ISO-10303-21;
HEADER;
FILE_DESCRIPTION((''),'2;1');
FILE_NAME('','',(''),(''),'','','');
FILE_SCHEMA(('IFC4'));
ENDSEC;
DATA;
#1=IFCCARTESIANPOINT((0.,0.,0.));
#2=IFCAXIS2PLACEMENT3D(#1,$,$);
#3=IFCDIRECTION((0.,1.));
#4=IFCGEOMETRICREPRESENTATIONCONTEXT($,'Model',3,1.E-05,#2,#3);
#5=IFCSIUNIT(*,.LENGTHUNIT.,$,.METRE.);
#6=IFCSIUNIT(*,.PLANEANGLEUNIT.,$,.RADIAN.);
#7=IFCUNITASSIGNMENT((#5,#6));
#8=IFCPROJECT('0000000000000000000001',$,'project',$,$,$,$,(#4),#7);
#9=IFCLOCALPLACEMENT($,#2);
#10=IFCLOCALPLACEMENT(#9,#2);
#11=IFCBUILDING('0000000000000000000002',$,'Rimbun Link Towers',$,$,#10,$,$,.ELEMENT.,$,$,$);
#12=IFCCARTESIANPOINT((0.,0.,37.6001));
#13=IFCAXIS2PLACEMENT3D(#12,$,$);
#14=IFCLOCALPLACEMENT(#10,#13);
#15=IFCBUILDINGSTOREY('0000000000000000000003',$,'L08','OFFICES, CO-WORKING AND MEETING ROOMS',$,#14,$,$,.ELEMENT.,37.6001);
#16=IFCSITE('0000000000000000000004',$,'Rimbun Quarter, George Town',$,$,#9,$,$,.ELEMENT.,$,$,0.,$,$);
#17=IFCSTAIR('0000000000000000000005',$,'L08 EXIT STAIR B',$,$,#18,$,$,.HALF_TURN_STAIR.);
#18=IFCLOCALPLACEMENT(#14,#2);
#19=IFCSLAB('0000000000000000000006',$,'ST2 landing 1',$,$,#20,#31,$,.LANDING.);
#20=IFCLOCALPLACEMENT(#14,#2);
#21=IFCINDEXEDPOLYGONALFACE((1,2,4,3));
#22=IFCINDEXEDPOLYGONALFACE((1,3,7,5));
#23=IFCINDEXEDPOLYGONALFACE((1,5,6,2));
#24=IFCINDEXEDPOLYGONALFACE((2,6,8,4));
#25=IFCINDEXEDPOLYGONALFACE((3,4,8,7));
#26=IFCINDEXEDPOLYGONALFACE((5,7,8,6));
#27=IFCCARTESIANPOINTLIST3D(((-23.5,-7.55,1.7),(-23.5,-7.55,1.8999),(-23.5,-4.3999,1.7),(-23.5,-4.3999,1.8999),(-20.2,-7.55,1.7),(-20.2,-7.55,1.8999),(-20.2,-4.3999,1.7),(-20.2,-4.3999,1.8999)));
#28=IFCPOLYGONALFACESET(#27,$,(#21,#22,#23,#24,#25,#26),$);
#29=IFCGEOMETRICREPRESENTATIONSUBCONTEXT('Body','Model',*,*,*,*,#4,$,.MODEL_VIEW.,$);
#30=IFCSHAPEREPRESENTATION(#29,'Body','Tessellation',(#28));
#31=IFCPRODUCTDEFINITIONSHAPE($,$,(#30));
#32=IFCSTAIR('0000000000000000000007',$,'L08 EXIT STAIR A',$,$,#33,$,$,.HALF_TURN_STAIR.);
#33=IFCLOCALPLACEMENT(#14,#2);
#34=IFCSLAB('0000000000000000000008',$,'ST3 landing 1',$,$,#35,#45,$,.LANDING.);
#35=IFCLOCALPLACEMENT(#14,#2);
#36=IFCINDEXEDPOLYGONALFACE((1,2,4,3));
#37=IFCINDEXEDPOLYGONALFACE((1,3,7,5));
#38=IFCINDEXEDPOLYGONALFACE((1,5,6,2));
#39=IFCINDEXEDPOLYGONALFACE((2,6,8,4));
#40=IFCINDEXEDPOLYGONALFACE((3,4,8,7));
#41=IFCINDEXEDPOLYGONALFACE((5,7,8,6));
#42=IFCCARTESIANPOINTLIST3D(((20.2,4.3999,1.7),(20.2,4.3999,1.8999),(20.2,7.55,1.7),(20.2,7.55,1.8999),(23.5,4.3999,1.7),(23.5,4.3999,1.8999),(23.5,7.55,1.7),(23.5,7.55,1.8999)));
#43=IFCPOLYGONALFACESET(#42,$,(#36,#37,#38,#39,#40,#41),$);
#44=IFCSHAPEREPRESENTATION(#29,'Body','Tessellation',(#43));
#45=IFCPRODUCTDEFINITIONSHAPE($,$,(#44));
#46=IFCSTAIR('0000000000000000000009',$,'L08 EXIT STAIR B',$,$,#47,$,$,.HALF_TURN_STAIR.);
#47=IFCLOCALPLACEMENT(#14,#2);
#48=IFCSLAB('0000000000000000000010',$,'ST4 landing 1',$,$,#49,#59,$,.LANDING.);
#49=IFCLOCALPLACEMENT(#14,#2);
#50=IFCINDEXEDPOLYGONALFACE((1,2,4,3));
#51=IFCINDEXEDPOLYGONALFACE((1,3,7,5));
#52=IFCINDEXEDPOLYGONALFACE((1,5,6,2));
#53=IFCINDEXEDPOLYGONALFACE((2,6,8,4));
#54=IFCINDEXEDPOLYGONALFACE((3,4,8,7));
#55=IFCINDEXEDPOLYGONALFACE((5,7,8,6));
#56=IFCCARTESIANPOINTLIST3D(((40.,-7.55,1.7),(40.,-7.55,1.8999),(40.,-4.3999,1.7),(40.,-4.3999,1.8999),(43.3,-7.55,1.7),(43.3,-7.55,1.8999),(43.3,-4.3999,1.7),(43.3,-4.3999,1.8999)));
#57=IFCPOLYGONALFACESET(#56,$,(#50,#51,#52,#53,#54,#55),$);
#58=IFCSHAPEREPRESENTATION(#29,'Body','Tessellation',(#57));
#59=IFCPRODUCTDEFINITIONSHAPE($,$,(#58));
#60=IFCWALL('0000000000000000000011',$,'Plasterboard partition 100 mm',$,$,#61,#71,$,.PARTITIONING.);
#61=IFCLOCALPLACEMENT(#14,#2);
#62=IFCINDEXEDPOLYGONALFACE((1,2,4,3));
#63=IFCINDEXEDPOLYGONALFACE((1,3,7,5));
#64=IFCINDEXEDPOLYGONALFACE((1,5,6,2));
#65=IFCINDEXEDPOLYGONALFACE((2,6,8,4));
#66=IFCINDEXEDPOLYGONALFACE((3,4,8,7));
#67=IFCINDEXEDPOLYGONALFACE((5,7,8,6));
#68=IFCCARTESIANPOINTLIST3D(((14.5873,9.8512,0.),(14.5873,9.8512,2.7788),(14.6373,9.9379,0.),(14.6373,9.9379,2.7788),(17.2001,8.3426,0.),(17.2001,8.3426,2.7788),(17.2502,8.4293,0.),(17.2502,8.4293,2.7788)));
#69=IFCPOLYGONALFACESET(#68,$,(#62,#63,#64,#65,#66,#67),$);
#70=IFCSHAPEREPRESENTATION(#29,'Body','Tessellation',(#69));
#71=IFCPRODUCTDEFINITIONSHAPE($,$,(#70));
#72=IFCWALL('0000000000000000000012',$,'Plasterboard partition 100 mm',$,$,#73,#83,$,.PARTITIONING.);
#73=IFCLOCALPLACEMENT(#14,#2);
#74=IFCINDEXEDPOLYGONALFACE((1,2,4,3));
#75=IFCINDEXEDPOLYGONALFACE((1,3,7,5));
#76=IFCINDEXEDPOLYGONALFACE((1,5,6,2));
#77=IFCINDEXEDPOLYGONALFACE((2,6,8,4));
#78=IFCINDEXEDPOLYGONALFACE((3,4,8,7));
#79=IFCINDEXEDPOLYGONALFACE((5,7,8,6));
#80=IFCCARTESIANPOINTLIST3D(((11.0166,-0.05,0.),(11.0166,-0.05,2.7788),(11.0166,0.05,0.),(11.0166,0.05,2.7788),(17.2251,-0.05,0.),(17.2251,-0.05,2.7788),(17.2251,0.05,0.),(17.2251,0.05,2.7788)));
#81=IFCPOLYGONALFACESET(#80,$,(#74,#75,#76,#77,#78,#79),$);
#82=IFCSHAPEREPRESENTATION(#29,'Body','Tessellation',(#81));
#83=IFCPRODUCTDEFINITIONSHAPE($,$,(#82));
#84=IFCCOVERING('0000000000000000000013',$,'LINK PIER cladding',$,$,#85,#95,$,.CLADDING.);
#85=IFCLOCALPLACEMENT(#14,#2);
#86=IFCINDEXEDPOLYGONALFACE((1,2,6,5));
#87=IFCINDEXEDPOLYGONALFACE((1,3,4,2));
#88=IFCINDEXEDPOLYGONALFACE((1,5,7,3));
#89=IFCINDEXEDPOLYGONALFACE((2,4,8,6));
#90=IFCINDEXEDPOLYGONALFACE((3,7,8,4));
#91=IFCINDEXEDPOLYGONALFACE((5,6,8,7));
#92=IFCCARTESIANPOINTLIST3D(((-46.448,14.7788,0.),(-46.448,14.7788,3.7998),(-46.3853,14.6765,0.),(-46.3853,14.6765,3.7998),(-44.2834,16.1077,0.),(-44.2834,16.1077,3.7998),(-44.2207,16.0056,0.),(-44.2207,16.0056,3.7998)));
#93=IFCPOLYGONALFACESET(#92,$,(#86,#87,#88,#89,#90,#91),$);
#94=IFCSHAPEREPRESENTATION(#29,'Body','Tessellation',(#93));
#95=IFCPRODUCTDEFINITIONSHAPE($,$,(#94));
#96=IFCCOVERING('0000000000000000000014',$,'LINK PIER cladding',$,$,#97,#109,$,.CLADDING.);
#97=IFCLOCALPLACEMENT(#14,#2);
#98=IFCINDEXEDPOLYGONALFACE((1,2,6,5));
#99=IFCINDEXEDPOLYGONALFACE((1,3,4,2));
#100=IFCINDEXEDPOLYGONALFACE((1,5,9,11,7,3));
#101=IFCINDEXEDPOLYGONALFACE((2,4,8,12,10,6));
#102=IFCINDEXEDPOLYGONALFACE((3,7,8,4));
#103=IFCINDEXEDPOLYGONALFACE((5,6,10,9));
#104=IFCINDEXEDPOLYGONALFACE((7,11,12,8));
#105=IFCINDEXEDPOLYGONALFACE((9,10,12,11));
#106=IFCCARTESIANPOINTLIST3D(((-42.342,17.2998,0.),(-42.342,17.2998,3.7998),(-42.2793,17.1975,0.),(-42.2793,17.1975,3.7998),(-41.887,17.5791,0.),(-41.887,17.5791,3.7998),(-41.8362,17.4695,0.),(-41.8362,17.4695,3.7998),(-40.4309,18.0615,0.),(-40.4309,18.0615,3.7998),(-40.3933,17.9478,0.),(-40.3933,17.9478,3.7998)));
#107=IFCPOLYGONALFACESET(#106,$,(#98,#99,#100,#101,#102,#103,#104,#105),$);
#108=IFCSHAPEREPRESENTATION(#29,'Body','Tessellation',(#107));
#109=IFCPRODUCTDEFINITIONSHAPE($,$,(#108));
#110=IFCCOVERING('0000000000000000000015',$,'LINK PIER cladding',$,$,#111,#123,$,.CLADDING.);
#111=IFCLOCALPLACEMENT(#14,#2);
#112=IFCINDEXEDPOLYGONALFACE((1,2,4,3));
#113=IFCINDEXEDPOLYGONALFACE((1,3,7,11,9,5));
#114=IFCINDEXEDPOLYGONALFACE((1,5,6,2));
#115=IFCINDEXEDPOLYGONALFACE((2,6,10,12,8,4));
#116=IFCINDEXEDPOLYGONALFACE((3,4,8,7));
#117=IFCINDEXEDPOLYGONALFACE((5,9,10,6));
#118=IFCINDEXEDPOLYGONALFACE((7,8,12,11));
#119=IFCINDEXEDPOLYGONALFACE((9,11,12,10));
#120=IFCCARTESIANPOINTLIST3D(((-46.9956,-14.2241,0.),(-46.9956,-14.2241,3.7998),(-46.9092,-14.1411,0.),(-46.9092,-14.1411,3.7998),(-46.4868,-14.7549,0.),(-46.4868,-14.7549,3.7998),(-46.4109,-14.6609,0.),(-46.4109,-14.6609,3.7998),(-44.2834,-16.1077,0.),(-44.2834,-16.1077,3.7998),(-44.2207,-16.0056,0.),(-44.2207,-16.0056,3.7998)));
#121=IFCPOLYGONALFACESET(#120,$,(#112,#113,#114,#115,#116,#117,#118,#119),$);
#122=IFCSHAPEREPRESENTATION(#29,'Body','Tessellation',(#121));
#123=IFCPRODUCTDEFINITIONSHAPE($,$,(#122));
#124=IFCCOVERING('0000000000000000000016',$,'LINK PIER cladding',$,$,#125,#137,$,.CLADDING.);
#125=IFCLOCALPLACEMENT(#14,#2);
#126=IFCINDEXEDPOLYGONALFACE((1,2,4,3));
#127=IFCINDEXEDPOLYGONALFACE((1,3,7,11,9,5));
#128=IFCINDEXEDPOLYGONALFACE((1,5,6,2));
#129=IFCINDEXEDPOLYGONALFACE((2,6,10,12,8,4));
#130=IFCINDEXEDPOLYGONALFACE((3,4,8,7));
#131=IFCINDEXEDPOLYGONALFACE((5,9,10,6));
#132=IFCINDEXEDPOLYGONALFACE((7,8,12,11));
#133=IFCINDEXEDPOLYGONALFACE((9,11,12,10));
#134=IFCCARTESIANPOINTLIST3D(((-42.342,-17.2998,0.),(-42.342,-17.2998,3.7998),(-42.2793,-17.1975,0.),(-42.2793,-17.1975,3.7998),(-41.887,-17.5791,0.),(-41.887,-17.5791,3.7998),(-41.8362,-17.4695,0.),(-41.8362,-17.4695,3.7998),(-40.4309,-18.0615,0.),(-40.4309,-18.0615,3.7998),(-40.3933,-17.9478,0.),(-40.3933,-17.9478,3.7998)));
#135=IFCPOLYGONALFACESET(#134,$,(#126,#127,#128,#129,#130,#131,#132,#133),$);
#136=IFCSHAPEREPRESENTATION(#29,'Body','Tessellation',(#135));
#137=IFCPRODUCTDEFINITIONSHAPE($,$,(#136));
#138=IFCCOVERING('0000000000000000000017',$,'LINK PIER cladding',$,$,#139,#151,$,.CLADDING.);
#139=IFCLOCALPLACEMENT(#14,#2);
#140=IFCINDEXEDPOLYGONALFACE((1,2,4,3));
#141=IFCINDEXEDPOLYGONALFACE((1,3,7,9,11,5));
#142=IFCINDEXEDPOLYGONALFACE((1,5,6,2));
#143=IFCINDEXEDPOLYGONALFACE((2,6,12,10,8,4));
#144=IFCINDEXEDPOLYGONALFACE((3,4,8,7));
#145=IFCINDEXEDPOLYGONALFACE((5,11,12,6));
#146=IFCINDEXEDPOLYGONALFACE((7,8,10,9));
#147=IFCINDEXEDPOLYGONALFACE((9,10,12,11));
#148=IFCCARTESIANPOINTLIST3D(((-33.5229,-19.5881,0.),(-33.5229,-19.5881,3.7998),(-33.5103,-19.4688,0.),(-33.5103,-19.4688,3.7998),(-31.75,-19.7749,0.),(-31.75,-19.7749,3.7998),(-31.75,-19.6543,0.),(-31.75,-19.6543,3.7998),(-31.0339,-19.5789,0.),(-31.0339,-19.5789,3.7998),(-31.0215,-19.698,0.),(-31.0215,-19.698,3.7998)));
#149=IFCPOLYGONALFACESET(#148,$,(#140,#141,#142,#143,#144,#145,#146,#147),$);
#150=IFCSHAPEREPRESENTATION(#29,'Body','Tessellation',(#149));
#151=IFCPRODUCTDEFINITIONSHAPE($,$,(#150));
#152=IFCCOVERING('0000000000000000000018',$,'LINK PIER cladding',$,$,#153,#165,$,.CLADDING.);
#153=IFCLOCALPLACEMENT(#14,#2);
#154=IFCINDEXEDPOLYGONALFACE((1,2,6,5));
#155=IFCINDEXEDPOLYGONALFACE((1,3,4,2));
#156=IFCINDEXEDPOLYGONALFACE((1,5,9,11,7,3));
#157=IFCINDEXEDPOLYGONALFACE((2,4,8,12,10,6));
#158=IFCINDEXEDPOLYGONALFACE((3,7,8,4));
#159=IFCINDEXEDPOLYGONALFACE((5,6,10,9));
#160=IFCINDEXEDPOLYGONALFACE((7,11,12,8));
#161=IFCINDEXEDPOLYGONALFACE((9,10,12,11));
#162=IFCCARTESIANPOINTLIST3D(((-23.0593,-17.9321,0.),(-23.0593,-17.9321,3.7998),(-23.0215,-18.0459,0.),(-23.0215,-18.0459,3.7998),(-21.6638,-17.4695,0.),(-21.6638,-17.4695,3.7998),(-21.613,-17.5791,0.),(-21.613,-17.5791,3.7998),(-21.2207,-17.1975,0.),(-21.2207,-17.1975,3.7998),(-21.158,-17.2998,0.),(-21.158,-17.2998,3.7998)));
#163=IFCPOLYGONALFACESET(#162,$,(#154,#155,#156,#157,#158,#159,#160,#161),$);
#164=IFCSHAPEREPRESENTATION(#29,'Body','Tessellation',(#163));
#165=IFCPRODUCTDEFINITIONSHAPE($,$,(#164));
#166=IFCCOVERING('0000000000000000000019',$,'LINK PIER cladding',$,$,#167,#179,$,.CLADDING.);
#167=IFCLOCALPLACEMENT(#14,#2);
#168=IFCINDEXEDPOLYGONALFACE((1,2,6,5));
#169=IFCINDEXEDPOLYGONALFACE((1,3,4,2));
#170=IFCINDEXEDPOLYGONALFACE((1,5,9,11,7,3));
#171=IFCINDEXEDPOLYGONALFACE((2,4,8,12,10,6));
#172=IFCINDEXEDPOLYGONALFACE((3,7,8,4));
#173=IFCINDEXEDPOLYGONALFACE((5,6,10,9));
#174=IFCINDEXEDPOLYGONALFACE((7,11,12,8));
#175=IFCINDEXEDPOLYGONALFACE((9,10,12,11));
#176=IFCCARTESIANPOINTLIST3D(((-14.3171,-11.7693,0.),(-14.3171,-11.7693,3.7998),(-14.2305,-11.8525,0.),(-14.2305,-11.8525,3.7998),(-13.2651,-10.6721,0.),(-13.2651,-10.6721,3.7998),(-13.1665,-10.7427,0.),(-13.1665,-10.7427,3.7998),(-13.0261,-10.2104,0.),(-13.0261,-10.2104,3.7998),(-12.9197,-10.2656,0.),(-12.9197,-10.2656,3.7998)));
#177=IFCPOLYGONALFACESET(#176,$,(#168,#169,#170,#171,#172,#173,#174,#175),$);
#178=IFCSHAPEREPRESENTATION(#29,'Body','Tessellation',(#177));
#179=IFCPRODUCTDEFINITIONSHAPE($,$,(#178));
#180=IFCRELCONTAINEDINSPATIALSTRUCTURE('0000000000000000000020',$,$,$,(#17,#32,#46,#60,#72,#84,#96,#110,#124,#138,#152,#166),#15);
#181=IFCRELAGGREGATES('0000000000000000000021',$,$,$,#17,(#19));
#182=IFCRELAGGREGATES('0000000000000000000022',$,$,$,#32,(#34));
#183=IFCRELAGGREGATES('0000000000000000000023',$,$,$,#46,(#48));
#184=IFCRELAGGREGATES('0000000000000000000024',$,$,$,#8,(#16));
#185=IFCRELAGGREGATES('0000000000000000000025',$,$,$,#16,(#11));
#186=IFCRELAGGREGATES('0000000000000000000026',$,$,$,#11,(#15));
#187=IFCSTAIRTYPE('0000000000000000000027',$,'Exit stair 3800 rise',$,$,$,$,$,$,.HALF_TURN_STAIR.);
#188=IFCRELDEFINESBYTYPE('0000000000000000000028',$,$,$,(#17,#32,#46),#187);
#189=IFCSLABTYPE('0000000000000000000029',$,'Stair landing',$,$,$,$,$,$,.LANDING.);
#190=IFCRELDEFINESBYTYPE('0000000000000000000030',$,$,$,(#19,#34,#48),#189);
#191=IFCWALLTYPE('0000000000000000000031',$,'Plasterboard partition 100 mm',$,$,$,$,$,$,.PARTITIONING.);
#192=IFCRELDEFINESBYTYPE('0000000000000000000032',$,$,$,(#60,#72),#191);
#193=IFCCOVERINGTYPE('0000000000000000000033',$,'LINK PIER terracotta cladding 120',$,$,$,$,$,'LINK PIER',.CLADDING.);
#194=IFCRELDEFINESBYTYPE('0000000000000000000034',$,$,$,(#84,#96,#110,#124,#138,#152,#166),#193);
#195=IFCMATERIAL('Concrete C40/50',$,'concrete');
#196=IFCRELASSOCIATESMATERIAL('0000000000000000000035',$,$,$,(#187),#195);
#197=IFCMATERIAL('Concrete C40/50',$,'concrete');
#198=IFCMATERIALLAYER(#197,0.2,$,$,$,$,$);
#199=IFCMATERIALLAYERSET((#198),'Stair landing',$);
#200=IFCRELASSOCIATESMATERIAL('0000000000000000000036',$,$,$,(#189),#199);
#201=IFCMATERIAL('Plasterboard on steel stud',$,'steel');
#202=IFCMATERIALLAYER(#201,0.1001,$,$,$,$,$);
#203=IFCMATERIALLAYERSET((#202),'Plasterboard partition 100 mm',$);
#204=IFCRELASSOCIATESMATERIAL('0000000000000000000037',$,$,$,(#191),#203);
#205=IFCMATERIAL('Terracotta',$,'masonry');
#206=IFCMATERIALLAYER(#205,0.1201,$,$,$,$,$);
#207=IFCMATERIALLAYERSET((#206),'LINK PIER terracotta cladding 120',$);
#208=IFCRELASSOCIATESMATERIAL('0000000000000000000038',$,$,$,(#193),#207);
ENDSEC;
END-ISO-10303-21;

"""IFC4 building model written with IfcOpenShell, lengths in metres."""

from ifc_helpers import new_model, si_unit, direction, frame, frame_2d, origin, place, context, subcontext, project, spatial, polyline, rectangle, outline, extrude, material, layer, layer_set, type_object, element, aggregate, save


model = new_model("IFC4")

# Units and contexts
model_context = context("Model", 3, precision=1e-05, world=origin(), true_north=direction((0.0, 1.0)))
body_context = subcontext(model_context, "Body", "Model", "MODEL_VIEW")
ifc_project = project(units=[si_unit("LENGTHUNIT", "METRE"), si_unit("PLANEANGLEUNIT", "RADIAN")], contexts=[model_context])

# Site, building, storey
site_placement = place(None, origin())
site = spatial("IfcSite", under=ifc_project, at=site_placement, Name="Rimbun Quarter, George Town", CompositionType="ELEMENT", RefElevation=0.0)
building_placement = place(site_placement, origin())
building = spatial("IfcBuilding", under=site, at=building_placement, Name="Rimbun Link Towers", CompositionType="ELEMENT")
storey_placement = place(building_placement, frame((0.0, 0.0, 37.6001)))
storey = spatial("IfcBuildingStorey", under=building, at=storey_placement, Name="L08", Description="OFFICES, CO-WORKING AND MEETING ROOMS", CompositionType="ELEMENT", Elevation=37.6001)

# Stairs, slabs
ifc_material_1 = material(Name="Concrete C40/50", Category="concrete")
stair_type = type_object("IfcStairType", Name="Exit stair 3800 rise", PredefinedType="HALF_TURN_STAIR", material=ifc_material_1)
ifc_material_2 = material(Name="Concrete C40/50", Category="concrete")
ifc_layer_1 = layer(ifc_material_2, 0.2)
ifc_layer_set_1 = layer_set([ifc_layer_1], Name="Stair landing")
slab_type = type_object("IfcSlabType", Name="Stair landing", PredefinedType="LANDING", material=ifc_layer_set_1)
stair_1_placement = place(storey_placement, origin())
stair_1 = element("IfcStair", 1, at=stair_1_placement, inside=storey, type_object=stair_type, Name="L08 EXIT STAIR B", PredefinedType="HALF_TURN_STAIR")
slab_1_placement = place(storey_placement, frame((0.0, 0.0, 1.7)))
slab_1 = element("IfcSlab", 2, at=slab_1_placement, type_object=slab_type, Name="ST2 landing 1", PredefinedType="LANDING", context=body_context, shape_type="SweptSolid", body=[
    extrude(outline(polyline([(-23.5, -7.55), (-20.2, -7.55), (-20.2, -4.3999), (-23.5, -4.3999), (-23.5, -7.55)])), origin(), (0.0, 0.0, 1.0), 0.2),
])
aggregate(stair_1, [slab_1])
stair_2_placement = place(storey_placement, origin())
stair_2 = element("IfcStair", 3, at=stair_2_placement, inside=storey, type_object=stair_type, Name="L08 EXIT STAIR A", PredefinedType="HALF_TURN_STAIR")
slab_2_placement = place(storey_placement, frame((0.0, 0.0, 1.7)))
slab_2 = element("IfcSlab", 4, at=slab_2_placement, type_object=slab_type, Name="ST3 landing 1", PredefinedType="LANDING", context=body_context, shape_type="SweptSolid", body=[
    extrude(outline(polyline([(23.5, 7.55), (20.2, 7.55), (20.2, 4.3999), (23.5, 4.3999), (23.5, 7.55)])), origin(), (0.0, 0.0, 1.0), 0.2),
])
aggregate(stair_2, [slab_2])
stair_3_placement = place(storey_placement, origin())
stair_3 = element("IfcStair", 5, at=stair_3_placement, inside=storey, type_object=stair_type, Name="L08 EXIT STAIR B", PredefinedType="HALF_TURN_STAIR")
slab_3_placement = place(storey_placement, frame((0.0, 0.0, 1.7)))
slab_3 = element("IfcSlab", 6, at=slab_3_placement, type_object=slab_type, Name="ST4 landing 1", PredefinedType="LANDING", context=body_context, shape_type="SweptSolid", body=[
    extrude(outline(polyline([(40.0, -7.55), (43.3, -7.55), (43.3, -4.3999), (40.0, -4.3999), (40.0, -7.55)])), origin(), (0.0, 0.0, 1.0), 0.2),
])
aggregate(stair_3, [slab_3])

# Walls
ifc_material_3 = material(Name="Plasterboard on steel stud", Category="steel")
ifc_layer_2 = layer(ifc_material_3, 0.1001)
ifc_layer_set_2 = layer_set([ifc_layer_2], Name="Plasterboard partition 100 mm")
wall_type = type_object("IfcWallType", Name="Plasterboard partition 100 mm", PredefinedType="PARTITIONING", material=ifc_layer_set_2)
wall_1_placement = place(storey_placement, frame((14.6123, 9.8945, 0.0), z_axis=(0.0, 0.0, 1.0), x_axis=(0.866018, -0.500012, 0.0)))
element("IfcWall", 7, at=wall_1_placement, inside=storey, type_object=wall_type, Name="Plasterboard partition 100 mm", PredefinedType="PARTITIONING", context=body_context, shape_type="SweptSolid", body=[
    extrude(rectangle(XDim=3.0171, YDim=0.1001, at=frame_2d((1.5085, 0.0))), origin(), (0.0, 0.0, 1.0), 2.7788),
])
wall_2_placement = place(storey_placement, frame((11.0166, 0.0, 0.0), z_axis=(0.0, 0.0, 1.0), x_axis=(1.0, 0.0, 0.0)))
element("IfcWall", 8, at=wall_2_placement, inside=storey, type_object=wall_type, Name="Plasterboard partition 100 mm", PredefinedType="PARTITIONING", context=body_context, shape_type="SweptSolid", body=[
    extrude(rectangle(XDim=6.2085, YDim=0.1001, at=frame_2d((3.1042, 0.0))), origin(), (0.0, 0.0, 1.0), 2.7788),
])

# Coverings
ifc_material_4 = material(Name="Terracotta", Category="masonry")
ifc_layer_3 = layer(ifc_material_4, 0.1201)
ifc_layer_set_3 = layer_set([ifc_layer_3], Name="LINK PIER terracotta cladding 120")
covering_type_1 = type_object("IfcCoveringType", Name="LINK PIER terracotta cladding 120", ElementType="LINK PIER", PredefinedType="CLADDING", material=ifc_layer_set_3)
covering_1_placement = place(storey_placement, origin())
element("IfcCovering", 9, at=covering_1_placement, inside=storey, type_object=covering_type_1, Name="LINK PIER cladding", PredefinedType="CLADDING", context=body_context, shape_type="SweptSolid", body=[
    extrude(outline(polyline([(-46.3853, 14.6765), (-44.2207, 16.0056), (-44.2834, 16.1077), (-46.448, 14.7788), (-46.3853, 14.6765)])), origin(), (0.0, 0.0, 1.0), 3.7998),
])
covering_2_placement = place(storey_placement, origin())
element("IfcCovering", 10, at=covering_2_placement, inside=storey, type_object=covering_type_1, Name="LINK PIER cladding", PredefinedType="CLADDING", context=body_context, shape_type="SweptSolid", body=[
    extrude(outline(polyline([(-42.2793, 17.1975), (-41.8362, 17.4695), (-40.3933, 17.9478), (-40.4309, 18.0615), (-41.887, 17.5791), (-42.342, 17.2998), (-42.2793, 17.1975)])), origin(), (0.0, 0.0, 1.0), 3.7998),
])
covering_3_placement = place(storey_placement, origin())
element("IfcCovering", 11, at=covering_3_placement, inside=storey, type_object=covering_type_1, Name="LINK PIER cladding", PredefinedType="CLADDING", context=body_context, shape_type="SweptSolid", body=[
    extrude(outline(polyline([(-44.2207, -16.0056), (-46.4109, -14.6609), (-46.9092, -14.1411), (-46.9956, -14.2241), (-46.4868, -14.7549), (-44.2834, -16.1077), (-44.2207, -16.0056)])), origin(), (0.0, 0.0, 1.0), 3.7998),
])
covering_4_placement = place(storey_placement, origin())
element("IfcCovering", 12, at=covering_4_placement, inside=storey, type_object=covering_type_1, Name="LINK PIER cladding", PredefinedType="CLADDING", context=body_context, shape_type="SweptSolid", body=[
    extrude(outline(polyline([(-40.3933, -17.9478), (-41.8362, -17.4695), (-42.2793, -17.1975), (-42.342, -17.2998), (-41.887, -17.5791), (-40.4309, -18.0615), (-40.3933, -17.9478)])), origin(), (0.0, 0.0, 1.0), 3.7998),
])
covering_5_placement = place(storey_placement, origin())
element("IfcCovering", 13, at=covering_5_placement, inside=storey, type_object=covering_type_1, Name="LINK PIER cladding", PredefinedType="CLADDING", context=body_context, shape_type="SweptSolid", body=[
    extrude(outline(polyline([(-31.0339, -19.5789), (-31.75, -19.6543), (-33.5103, -19.4688), (-33.5229, -19.5881), (-31.75, -19.7749), (-31.0215, -19.698), (-31.0339, -19.5789)])), origin(), (0.0, 0.0, 1.0), 3.7998),
])
covering_6_placement = place(storey_placement, origin())
element("IfcCovering", 14, at=covering_6_placement, inside=storey, type_object=covering_type_1, Name="LINK PIER cladding", PredefinedType="CLADDING", context=body_context, shape_type="SweptSolid", body=[
    extrude(outline(polyline([(-21.2207, -17.1975), (-21.6638, -17.4695), (-23.0593, -17.9321), (-23.0215, -18.0459), (-21.613, -17.5791), (-21.158, -17.2998), (-21.2207, -17.1975)])), origin(), (0.0, 0.0, 1.0), 3.7998),
])
covering_7_placement = place(storey_placement, origin())
element("IfcCovering", 15, at=covering_7_placement, inside=storey, type_object=covering_type_1, Name="LINK PIER cladding", PredefinedType="CLADDING", context=body_context, shape_type="SweptSolid", body=[
    extrude(outline(polyline([(-13.0261, -10.2104), (-13.2651, -10.6721), (-14.3171, -11.7693), (-14.2305, -11.8525), (-13.1665, -10.7427), (-12.9197, -10.2656), (-13.0261, -10.2104)])), origin(), (0.0, 0.0, 1.0), 3.7998),
])

save(model, "model.ifc")
